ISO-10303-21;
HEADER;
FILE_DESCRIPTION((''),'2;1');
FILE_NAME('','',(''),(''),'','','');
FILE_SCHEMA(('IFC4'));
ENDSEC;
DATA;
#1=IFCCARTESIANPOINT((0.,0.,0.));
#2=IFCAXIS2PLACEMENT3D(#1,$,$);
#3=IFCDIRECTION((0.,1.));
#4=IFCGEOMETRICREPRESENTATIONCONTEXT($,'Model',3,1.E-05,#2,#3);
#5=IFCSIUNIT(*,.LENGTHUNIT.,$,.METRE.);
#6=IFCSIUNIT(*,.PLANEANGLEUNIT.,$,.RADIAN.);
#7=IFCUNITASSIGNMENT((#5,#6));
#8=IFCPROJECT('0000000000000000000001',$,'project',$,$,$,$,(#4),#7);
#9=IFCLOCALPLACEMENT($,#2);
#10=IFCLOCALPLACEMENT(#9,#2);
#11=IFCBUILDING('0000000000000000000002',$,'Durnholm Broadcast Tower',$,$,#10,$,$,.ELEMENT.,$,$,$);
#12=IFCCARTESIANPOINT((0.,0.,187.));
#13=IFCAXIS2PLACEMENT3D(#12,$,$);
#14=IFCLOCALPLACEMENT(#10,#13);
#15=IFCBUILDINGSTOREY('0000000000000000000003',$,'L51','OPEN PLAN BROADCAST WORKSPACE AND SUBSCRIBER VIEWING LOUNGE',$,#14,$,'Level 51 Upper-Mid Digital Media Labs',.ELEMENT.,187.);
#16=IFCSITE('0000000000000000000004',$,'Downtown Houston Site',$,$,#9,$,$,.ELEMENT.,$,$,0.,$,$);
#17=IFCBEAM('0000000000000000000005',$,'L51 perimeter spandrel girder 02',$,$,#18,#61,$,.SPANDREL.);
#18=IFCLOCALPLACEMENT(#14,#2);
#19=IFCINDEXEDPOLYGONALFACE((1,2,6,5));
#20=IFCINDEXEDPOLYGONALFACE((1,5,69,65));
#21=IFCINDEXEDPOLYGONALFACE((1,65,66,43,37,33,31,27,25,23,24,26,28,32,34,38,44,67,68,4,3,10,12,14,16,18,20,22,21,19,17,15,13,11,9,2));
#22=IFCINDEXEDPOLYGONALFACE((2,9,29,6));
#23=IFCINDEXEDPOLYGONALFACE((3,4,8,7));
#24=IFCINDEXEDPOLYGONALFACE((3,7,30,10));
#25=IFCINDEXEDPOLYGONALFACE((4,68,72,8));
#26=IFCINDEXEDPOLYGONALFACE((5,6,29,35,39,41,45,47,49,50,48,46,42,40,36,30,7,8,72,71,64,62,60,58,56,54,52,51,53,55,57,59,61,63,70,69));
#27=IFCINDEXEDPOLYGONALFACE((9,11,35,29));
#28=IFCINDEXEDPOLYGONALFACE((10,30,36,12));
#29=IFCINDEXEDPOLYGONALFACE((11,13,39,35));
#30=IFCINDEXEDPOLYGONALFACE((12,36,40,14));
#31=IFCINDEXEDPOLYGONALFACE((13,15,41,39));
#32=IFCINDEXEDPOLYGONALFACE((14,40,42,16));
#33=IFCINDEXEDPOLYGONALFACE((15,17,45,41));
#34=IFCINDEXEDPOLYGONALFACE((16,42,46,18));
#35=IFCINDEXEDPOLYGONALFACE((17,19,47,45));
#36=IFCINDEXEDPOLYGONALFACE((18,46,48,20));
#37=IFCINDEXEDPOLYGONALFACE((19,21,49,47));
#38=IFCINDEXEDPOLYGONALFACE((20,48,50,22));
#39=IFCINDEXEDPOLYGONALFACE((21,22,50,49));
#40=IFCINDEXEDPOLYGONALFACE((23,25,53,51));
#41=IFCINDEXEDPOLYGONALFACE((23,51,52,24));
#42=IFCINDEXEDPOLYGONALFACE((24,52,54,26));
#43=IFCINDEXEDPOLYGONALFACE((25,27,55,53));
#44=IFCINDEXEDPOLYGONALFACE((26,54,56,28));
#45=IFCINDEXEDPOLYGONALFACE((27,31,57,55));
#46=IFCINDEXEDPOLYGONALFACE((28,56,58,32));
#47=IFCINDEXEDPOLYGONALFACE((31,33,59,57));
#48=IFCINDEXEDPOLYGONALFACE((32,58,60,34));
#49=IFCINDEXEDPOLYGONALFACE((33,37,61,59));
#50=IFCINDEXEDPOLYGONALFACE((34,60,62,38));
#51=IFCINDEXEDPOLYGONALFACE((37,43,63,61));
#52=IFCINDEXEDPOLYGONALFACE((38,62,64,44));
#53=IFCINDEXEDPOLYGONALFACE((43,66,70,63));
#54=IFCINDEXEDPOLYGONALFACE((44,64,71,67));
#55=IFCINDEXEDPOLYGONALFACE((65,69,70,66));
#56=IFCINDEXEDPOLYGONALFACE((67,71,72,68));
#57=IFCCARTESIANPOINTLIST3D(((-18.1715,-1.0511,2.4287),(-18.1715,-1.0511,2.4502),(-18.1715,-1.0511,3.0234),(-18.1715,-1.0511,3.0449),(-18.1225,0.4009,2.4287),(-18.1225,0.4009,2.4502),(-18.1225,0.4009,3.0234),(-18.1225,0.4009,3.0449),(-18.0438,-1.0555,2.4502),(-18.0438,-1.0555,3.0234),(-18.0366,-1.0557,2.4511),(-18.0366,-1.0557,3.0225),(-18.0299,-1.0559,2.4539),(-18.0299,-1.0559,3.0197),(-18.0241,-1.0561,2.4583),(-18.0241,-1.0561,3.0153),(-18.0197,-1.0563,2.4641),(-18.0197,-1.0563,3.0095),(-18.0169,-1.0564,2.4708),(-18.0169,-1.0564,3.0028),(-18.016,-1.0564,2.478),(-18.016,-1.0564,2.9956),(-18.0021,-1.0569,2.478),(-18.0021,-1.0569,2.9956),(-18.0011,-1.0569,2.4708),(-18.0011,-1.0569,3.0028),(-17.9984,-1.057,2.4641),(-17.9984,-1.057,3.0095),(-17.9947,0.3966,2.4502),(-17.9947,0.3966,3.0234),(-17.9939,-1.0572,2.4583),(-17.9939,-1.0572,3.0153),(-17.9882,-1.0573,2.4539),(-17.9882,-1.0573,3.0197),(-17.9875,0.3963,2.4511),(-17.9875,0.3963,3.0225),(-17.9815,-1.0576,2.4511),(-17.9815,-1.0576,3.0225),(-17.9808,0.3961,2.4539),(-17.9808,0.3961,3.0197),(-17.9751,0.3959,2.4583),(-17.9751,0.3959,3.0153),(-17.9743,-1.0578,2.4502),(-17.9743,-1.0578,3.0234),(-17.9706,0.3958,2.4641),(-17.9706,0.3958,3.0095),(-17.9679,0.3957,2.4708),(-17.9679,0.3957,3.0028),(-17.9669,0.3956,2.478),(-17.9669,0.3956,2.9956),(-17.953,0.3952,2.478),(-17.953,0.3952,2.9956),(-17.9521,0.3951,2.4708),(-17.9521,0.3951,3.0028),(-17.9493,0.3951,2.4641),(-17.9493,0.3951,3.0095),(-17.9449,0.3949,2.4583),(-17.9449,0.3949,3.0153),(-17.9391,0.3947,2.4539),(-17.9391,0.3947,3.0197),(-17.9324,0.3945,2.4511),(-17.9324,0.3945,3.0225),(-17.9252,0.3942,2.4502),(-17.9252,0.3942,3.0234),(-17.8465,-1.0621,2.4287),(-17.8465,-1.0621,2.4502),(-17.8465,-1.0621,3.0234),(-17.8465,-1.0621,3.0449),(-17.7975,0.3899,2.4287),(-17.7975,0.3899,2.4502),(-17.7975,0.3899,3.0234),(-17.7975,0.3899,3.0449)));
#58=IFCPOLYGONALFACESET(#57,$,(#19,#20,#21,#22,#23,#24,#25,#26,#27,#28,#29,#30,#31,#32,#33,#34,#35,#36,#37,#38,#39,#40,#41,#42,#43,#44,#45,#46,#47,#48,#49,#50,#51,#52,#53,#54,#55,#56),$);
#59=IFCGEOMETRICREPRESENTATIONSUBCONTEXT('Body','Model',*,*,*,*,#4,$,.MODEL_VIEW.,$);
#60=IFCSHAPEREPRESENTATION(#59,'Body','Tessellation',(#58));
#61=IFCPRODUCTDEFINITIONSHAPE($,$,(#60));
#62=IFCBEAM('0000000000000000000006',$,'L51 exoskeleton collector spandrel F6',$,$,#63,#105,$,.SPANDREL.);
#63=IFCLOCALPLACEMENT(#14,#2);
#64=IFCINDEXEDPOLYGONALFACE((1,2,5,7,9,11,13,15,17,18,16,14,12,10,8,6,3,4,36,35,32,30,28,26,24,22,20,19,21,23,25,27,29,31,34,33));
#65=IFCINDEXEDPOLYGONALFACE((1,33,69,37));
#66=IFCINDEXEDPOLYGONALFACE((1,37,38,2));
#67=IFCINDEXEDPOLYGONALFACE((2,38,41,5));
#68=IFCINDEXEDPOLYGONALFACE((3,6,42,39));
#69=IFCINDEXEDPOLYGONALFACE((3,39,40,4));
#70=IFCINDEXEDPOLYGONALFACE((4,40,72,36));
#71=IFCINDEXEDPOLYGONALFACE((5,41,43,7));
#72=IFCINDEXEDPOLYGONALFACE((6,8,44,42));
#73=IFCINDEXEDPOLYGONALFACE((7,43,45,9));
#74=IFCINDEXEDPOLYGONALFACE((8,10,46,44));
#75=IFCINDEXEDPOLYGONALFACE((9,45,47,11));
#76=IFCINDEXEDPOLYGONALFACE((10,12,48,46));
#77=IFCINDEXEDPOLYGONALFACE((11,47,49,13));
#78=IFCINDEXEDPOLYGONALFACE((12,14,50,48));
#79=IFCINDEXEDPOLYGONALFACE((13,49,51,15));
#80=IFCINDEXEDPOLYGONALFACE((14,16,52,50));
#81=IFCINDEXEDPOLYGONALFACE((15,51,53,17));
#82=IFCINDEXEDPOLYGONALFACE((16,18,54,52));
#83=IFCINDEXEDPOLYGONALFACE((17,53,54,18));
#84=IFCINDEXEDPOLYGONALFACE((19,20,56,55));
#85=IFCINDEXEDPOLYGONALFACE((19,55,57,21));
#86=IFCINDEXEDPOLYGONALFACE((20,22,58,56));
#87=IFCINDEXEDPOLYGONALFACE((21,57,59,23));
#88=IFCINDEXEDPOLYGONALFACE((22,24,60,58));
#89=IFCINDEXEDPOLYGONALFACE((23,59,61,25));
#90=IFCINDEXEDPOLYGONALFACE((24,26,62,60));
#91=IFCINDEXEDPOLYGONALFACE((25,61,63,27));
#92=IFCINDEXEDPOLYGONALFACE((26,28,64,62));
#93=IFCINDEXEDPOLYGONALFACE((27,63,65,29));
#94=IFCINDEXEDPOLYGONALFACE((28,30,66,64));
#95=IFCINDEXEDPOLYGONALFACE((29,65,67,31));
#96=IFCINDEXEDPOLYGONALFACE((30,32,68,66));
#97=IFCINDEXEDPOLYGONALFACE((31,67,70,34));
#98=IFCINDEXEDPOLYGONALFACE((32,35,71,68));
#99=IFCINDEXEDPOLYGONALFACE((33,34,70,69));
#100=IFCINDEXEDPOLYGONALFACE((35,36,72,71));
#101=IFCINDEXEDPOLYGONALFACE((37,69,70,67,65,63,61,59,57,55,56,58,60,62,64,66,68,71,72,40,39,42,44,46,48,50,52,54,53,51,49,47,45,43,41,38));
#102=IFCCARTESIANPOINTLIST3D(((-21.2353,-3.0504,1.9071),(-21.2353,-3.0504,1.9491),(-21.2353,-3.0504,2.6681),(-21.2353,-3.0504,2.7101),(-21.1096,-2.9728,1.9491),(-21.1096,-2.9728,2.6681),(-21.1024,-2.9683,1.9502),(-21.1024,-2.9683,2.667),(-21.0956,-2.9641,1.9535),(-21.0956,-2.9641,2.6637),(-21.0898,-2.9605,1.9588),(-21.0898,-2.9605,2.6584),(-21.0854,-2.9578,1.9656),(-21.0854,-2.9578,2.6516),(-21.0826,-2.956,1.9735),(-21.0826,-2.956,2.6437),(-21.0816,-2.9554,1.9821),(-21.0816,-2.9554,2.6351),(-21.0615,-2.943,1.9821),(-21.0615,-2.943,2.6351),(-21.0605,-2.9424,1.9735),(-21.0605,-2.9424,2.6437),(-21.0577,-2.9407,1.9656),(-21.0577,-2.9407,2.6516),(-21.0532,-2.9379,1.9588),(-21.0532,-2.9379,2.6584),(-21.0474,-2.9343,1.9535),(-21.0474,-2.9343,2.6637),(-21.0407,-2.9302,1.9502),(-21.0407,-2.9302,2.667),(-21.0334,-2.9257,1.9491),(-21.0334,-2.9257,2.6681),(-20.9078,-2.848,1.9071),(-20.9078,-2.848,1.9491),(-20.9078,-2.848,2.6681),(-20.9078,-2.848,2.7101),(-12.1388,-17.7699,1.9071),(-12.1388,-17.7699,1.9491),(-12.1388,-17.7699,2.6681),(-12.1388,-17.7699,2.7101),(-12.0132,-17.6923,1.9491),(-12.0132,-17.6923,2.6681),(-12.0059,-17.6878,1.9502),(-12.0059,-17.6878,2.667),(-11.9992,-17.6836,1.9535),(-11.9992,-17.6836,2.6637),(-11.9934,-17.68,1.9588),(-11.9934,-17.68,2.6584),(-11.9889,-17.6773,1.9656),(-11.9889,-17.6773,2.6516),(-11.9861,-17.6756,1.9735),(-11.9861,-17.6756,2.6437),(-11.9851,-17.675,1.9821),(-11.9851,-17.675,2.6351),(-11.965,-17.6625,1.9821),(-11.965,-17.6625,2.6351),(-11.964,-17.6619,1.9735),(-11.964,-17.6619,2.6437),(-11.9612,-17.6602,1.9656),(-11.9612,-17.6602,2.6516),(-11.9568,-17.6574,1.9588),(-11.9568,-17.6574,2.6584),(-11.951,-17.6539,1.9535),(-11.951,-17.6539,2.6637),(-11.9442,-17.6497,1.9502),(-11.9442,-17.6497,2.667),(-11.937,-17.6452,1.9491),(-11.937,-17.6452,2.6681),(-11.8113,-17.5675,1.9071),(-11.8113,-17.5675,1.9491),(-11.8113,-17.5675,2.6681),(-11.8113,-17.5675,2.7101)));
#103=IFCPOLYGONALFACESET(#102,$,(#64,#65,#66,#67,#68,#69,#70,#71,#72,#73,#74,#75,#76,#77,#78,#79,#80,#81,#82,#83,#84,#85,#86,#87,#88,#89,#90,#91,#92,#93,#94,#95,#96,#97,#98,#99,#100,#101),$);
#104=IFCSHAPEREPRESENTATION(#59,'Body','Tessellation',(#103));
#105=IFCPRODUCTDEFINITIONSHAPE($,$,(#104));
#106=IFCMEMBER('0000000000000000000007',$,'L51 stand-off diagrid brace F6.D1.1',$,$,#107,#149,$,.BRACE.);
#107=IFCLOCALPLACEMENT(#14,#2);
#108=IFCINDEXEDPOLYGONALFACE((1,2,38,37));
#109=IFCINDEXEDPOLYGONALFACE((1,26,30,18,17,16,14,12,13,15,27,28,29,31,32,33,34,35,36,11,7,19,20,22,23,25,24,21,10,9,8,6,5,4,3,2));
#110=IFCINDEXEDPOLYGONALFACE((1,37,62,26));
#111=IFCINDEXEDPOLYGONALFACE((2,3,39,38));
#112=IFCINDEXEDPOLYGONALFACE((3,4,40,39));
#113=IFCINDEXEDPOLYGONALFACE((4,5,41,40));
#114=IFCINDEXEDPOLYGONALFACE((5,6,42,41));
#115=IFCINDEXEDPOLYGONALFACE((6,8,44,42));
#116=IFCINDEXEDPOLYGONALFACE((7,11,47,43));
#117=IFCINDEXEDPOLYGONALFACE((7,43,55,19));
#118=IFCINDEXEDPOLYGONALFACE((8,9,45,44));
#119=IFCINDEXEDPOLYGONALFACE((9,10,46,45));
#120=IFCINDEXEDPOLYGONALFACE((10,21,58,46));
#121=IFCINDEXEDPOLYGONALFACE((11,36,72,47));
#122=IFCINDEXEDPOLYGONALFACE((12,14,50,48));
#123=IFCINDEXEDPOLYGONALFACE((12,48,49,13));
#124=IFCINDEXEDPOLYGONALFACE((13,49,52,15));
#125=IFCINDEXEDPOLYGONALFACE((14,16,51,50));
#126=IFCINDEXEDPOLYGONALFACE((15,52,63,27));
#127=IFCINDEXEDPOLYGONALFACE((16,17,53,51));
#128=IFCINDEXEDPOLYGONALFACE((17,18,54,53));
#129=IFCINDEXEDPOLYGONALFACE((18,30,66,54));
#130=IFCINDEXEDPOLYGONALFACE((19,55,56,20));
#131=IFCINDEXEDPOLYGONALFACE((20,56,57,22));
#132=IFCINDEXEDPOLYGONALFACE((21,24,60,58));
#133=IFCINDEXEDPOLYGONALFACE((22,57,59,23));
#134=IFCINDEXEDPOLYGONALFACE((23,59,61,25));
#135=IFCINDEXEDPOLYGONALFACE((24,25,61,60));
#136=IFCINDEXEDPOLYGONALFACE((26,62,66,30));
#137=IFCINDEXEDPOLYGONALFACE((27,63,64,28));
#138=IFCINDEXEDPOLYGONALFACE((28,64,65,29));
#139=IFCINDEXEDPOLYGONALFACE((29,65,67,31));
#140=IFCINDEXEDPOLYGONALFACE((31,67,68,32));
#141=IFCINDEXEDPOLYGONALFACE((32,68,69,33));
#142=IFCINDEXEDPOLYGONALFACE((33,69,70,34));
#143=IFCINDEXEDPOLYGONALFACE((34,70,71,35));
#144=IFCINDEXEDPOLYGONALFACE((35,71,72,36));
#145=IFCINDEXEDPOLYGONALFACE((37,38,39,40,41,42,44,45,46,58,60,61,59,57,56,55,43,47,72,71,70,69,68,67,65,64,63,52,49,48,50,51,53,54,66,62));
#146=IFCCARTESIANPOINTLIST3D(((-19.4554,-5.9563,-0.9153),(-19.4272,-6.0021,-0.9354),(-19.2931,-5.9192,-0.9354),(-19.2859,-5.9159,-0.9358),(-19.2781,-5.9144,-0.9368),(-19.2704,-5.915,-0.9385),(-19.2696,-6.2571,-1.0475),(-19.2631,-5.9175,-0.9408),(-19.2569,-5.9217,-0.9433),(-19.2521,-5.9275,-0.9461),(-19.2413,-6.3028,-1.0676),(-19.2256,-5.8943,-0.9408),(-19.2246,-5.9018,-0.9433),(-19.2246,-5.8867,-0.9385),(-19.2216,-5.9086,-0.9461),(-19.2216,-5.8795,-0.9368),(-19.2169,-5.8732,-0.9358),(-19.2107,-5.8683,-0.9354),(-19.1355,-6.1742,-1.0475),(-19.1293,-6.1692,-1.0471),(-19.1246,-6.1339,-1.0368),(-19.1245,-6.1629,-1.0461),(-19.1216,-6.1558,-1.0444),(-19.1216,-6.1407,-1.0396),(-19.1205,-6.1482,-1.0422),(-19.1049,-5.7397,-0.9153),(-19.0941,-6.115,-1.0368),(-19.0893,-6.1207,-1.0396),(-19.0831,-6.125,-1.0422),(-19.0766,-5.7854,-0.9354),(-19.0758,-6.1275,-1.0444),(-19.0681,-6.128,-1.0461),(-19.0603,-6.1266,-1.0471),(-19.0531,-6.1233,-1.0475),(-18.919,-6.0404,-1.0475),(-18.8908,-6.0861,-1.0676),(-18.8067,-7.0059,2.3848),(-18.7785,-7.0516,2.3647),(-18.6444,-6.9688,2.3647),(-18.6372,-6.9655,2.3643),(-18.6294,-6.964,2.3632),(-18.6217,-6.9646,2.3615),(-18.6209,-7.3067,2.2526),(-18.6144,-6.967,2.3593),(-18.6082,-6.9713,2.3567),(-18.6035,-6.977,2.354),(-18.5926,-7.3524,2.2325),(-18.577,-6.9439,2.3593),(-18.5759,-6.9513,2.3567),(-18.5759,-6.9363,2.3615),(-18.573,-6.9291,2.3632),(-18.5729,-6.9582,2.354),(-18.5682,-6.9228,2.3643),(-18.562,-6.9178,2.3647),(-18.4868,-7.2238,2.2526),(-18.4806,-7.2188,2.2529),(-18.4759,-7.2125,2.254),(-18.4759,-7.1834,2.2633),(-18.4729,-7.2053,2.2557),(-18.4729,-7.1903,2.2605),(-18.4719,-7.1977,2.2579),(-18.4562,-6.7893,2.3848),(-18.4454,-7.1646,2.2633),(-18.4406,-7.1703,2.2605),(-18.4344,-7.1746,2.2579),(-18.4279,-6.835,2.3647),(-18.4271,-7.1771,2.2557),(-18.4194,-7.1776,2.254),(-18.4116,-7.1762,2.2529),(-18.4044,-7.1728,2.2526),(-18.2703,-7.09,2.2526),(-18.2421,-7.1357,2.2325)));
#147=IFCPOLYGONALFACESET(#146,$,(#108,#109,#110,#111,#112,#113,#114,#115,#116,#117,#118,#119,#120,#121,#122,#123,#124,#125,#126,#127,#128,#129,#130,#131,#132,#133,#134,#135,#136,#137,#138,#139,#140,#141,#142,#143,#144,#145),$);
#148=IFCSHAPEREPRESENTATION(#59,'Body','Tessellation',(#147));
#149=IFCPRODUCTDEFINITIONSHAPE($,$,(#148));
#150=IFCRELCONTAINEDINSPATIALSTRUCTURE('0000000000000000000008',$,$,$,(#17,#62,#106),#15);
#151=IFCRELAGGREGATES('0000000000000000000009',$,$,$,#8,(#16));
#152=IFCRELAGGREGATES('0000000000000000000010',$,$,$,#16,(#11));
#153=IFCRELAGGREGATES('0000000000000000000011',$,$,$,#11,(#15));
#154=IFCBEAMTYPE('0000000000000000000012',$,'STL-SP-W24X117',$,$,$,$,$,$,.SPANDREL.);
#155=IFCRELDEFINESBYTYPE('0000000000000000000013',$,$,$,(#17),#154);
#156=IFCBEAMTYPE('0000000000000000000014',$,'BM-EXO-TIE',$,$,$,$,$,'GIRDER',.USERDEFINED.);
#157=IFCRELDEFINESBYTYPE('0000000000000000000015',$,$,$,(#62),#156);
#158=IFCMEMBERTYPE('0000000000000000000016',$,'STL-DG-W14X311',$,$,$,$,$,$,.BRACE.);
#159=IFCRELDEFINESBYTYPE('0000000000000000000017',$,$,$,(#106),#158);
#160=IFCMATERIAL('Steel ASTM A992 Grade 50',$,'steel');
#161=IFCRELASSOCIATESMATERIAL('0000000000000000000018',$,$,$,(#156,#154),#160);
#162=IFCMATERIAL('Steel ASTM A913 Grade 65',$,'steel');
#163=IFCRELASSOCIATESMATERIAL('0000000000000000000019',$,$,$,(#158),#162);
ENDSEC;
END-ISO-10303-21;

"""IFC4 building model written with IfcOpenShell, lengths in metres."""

from ifc_helpers import new_model, si_unit, direction, frame, origin, origin_2d, place, context, subcontext, project, spatial, i_section, extrude, source, transform, mapped, material, material_profile, profile_set, type_object, type_shapes, element, save


model = new_model("IFC4")

# Units and contexts
model_context = context("Model", 3, precision=1e-05, world=origin(), true_north=direction((0.0, 1.0)))
body_context = subcontext(model_context, "Body", "Model", "MODEL_VIEW")
ifc_project = project(units=[si_unit("LENGTHUNIT", "METRE"), si_unit("PLANEANGLEUNIT", "RADIAN")], contexts=[model_context])

# Site, building, storey
site_placement = place(None, origin())
site = spatial("IfcSite", under=ifc_project, at=site_placement, Name="Downtown Houston Site", CompositionType="ELEMENT", RefElevation=0.0)
building_placement = place(site_placement, origin())
building = spatial("IfcBuilding", under=site, at=building_placement, Name="Durnholm Broadcast Tower", CompositionType="ELEMENT")
storey_placement = place(building_placement, frame((0.0, 0.0, 187.0)))
storey = spatial("IfcBuildingStorey", under=building, at=storey_placement, Name="L51", Description="OPEN PLAN BROADCAST WORKSPACE AND SUBSCRIBER VIEWING LOUNGE", LongName="Level 51 Upper-Mid Digital Media Labs", CompositionType="ELEMENT", Elevation=187.0)

# Beams
ifc_material_1 = material(Name="Steel ASTM A992 Grade 50", Category="steel")
ifc_material_profile_1 = material_profile(ifc_material_1, i_section(OverallWidth=0.385, OverallDepth=0.803, WebThickness=0.0237, FlangeThickness=0.042, FilletRadius=0.033, at=origin_2d()), Name="W30X261")
ifc_profile_set_1 = profile_set([ifc_material_profile_1], Name="Steel ASTM A992 Grade 50")
beam_type_1 = type_object("IfcBeamType", Name="BM-EXO-TIE", ElementType="GIRDER", PredefinedType="USERDEFINED", material=ifc_profile_set_1)
ifc_material_profile_2 = material_profile(ifc_material_1, i_section(OverallWidth=0.3252, OverallDepth=0.6162, WebThickness=0.0139, FlangeThickness=0.0215, FilletRadius=0.0278, at=origin_2d()), Name="W24X117")
ifc_profile_set_2 = profile_set([ifc_material_profile_2], Name="Steel ASTM A992 Grade 50")
beam_type_2 = type_object("IfcBeamType", Name="STL-SP-W24X117", PredefinedType="SPANDREL", material=ifc_profile_set_2)
shared_shape_1 = source(origin(), body_context, "Body", "SweptSolid", [
    extrude(i_section(OverallWidth=0.3252, OverallDepth=0.6162, WebThickness=0.0139, FlangeThickness=0.0215, FilletRadius=0.0278, at=origin_2d()), origin(), (0.0, 0.0, 1.0), 1.4529),
])
beam_1_placement = place(storey_placement, frame((-18.009, -1.0566, 2.7368), z_axis=(0.033774, 0.99943, 0.0), x_axis=(-0.99943, 0.033774, 0.0)))
element("IfcBeam", 1, at=beam_1_placement, inside=storey, type_object=beam_type_2, Name="L51 perimeter spandrel girder 02", PredefinedType="SPANDREL", context=body_context, shape_type="MappedRepresentation", body=[
    mapped(shared_shape_1, transform((0.0, 0.0, 0.0), x_axis=(1.0, 0.0, 0.0), y_axis=(0.0, 1.0, 0.0), z_axis=(0.0, 0.0, 1.0), scale=1.0)),
])
shared_shape_2 = source(origin(), body_context, "Body", "SweptSolid", [
    extrude(i_section(OverallWidth=0.385, OverallDepth=0.803, WebThickness=0.0237, FlangeThickness=0.042, FilletRadius=0.033, at=origin_2d()), origin(), (0.0, 0.0, 1.0), 17.3035),
])
beam_2_placement = place(storey_placement, frame((-21.0715, -2.9492, 2.3086), z_axis=(0.525702, -0.850669, 0.0), x_axis=(0.850669, 0.525702, 0.0)))
element("IfcBeam", 2, at=beam_2_placement, inside=storey, type_object=beam_type_1, Name="L51 exoskeleton collector spandrel F6", PredefinedType="SPANDREL", context=body_context, shape_type="MappedRepresentation", body=[
    mapped(shared_shape_2, transform((0.0, 0.0, 0.0), x_axis=(1.0, 0.0, 0.0), y_axis=(0.0, 1.0, 0.0), z_axis=(0.0, 0.0, 1.0), scale=1.0)),
])

# Member
ifc_material_2 = material(Name="Steel ASTM A913 Grade 65", Category="steel")
ifc_material_profile_3 = material_profile(ifc_material_2, i_section(OverallWidth=0.4121, OverallDepth=0.4348, WebThickness=0.0359, FlangeThickness=0.0574, FilletRadius=0.0305, at=origin_2d()), Name="W14X311")
ifc_profile_set_3 = profile_set([ifc_material_profile_3], Name="Steel ASTM A913 Grade 65")
member_type_1 = type_object("IfcMemberType", Name="STL-DG-W14X311", PredefinedType="BRACE", material=ifc_profile_set_3)
shared_shape_3 = source(origin(), body_context, "Body", "SweptSolid", [
    extrude(i_section(OverallWidth=0.4121, OverallDepth=0.4348, WebThickness=0.0359, FlangeThickness=0.0574, FilletRadius=0.0305, at=origin_2d()), origin(), (0.0, 0.0, 1.0), 3.5232),
])
type_shapes(member_type_1, [shared_shape_3])
for number, where, z_axis, x_axis, name in (
    (3, (-19.1731, -6.0212, -0.9915), (0.184119, -0.297903, 0.936672), (0.850644, 0.525741, 0.0), "L51 stand-off diagrid brace F6.D1.1"),
):
    element("IfcMember", number, at=place(storey_placement, frame(where, z_axis=z_axis, x_axis=x_axis)), inside=storey, type_object=member_type_1, Name=name, PredefinedType="BRACE", context=body_context, shape_type="MappedRepresentation", body=[
        mapped(shared_shape_3, transform((0.0, 0.0, 0.0), x_axis=(1.0, 0.0, 0.0), y_axis=(0.0, 1.0, 0.0), z_axis=(0.0, 0.0, 1.0), scale=1.0)),
    ])

save(model, "model.ifc")
